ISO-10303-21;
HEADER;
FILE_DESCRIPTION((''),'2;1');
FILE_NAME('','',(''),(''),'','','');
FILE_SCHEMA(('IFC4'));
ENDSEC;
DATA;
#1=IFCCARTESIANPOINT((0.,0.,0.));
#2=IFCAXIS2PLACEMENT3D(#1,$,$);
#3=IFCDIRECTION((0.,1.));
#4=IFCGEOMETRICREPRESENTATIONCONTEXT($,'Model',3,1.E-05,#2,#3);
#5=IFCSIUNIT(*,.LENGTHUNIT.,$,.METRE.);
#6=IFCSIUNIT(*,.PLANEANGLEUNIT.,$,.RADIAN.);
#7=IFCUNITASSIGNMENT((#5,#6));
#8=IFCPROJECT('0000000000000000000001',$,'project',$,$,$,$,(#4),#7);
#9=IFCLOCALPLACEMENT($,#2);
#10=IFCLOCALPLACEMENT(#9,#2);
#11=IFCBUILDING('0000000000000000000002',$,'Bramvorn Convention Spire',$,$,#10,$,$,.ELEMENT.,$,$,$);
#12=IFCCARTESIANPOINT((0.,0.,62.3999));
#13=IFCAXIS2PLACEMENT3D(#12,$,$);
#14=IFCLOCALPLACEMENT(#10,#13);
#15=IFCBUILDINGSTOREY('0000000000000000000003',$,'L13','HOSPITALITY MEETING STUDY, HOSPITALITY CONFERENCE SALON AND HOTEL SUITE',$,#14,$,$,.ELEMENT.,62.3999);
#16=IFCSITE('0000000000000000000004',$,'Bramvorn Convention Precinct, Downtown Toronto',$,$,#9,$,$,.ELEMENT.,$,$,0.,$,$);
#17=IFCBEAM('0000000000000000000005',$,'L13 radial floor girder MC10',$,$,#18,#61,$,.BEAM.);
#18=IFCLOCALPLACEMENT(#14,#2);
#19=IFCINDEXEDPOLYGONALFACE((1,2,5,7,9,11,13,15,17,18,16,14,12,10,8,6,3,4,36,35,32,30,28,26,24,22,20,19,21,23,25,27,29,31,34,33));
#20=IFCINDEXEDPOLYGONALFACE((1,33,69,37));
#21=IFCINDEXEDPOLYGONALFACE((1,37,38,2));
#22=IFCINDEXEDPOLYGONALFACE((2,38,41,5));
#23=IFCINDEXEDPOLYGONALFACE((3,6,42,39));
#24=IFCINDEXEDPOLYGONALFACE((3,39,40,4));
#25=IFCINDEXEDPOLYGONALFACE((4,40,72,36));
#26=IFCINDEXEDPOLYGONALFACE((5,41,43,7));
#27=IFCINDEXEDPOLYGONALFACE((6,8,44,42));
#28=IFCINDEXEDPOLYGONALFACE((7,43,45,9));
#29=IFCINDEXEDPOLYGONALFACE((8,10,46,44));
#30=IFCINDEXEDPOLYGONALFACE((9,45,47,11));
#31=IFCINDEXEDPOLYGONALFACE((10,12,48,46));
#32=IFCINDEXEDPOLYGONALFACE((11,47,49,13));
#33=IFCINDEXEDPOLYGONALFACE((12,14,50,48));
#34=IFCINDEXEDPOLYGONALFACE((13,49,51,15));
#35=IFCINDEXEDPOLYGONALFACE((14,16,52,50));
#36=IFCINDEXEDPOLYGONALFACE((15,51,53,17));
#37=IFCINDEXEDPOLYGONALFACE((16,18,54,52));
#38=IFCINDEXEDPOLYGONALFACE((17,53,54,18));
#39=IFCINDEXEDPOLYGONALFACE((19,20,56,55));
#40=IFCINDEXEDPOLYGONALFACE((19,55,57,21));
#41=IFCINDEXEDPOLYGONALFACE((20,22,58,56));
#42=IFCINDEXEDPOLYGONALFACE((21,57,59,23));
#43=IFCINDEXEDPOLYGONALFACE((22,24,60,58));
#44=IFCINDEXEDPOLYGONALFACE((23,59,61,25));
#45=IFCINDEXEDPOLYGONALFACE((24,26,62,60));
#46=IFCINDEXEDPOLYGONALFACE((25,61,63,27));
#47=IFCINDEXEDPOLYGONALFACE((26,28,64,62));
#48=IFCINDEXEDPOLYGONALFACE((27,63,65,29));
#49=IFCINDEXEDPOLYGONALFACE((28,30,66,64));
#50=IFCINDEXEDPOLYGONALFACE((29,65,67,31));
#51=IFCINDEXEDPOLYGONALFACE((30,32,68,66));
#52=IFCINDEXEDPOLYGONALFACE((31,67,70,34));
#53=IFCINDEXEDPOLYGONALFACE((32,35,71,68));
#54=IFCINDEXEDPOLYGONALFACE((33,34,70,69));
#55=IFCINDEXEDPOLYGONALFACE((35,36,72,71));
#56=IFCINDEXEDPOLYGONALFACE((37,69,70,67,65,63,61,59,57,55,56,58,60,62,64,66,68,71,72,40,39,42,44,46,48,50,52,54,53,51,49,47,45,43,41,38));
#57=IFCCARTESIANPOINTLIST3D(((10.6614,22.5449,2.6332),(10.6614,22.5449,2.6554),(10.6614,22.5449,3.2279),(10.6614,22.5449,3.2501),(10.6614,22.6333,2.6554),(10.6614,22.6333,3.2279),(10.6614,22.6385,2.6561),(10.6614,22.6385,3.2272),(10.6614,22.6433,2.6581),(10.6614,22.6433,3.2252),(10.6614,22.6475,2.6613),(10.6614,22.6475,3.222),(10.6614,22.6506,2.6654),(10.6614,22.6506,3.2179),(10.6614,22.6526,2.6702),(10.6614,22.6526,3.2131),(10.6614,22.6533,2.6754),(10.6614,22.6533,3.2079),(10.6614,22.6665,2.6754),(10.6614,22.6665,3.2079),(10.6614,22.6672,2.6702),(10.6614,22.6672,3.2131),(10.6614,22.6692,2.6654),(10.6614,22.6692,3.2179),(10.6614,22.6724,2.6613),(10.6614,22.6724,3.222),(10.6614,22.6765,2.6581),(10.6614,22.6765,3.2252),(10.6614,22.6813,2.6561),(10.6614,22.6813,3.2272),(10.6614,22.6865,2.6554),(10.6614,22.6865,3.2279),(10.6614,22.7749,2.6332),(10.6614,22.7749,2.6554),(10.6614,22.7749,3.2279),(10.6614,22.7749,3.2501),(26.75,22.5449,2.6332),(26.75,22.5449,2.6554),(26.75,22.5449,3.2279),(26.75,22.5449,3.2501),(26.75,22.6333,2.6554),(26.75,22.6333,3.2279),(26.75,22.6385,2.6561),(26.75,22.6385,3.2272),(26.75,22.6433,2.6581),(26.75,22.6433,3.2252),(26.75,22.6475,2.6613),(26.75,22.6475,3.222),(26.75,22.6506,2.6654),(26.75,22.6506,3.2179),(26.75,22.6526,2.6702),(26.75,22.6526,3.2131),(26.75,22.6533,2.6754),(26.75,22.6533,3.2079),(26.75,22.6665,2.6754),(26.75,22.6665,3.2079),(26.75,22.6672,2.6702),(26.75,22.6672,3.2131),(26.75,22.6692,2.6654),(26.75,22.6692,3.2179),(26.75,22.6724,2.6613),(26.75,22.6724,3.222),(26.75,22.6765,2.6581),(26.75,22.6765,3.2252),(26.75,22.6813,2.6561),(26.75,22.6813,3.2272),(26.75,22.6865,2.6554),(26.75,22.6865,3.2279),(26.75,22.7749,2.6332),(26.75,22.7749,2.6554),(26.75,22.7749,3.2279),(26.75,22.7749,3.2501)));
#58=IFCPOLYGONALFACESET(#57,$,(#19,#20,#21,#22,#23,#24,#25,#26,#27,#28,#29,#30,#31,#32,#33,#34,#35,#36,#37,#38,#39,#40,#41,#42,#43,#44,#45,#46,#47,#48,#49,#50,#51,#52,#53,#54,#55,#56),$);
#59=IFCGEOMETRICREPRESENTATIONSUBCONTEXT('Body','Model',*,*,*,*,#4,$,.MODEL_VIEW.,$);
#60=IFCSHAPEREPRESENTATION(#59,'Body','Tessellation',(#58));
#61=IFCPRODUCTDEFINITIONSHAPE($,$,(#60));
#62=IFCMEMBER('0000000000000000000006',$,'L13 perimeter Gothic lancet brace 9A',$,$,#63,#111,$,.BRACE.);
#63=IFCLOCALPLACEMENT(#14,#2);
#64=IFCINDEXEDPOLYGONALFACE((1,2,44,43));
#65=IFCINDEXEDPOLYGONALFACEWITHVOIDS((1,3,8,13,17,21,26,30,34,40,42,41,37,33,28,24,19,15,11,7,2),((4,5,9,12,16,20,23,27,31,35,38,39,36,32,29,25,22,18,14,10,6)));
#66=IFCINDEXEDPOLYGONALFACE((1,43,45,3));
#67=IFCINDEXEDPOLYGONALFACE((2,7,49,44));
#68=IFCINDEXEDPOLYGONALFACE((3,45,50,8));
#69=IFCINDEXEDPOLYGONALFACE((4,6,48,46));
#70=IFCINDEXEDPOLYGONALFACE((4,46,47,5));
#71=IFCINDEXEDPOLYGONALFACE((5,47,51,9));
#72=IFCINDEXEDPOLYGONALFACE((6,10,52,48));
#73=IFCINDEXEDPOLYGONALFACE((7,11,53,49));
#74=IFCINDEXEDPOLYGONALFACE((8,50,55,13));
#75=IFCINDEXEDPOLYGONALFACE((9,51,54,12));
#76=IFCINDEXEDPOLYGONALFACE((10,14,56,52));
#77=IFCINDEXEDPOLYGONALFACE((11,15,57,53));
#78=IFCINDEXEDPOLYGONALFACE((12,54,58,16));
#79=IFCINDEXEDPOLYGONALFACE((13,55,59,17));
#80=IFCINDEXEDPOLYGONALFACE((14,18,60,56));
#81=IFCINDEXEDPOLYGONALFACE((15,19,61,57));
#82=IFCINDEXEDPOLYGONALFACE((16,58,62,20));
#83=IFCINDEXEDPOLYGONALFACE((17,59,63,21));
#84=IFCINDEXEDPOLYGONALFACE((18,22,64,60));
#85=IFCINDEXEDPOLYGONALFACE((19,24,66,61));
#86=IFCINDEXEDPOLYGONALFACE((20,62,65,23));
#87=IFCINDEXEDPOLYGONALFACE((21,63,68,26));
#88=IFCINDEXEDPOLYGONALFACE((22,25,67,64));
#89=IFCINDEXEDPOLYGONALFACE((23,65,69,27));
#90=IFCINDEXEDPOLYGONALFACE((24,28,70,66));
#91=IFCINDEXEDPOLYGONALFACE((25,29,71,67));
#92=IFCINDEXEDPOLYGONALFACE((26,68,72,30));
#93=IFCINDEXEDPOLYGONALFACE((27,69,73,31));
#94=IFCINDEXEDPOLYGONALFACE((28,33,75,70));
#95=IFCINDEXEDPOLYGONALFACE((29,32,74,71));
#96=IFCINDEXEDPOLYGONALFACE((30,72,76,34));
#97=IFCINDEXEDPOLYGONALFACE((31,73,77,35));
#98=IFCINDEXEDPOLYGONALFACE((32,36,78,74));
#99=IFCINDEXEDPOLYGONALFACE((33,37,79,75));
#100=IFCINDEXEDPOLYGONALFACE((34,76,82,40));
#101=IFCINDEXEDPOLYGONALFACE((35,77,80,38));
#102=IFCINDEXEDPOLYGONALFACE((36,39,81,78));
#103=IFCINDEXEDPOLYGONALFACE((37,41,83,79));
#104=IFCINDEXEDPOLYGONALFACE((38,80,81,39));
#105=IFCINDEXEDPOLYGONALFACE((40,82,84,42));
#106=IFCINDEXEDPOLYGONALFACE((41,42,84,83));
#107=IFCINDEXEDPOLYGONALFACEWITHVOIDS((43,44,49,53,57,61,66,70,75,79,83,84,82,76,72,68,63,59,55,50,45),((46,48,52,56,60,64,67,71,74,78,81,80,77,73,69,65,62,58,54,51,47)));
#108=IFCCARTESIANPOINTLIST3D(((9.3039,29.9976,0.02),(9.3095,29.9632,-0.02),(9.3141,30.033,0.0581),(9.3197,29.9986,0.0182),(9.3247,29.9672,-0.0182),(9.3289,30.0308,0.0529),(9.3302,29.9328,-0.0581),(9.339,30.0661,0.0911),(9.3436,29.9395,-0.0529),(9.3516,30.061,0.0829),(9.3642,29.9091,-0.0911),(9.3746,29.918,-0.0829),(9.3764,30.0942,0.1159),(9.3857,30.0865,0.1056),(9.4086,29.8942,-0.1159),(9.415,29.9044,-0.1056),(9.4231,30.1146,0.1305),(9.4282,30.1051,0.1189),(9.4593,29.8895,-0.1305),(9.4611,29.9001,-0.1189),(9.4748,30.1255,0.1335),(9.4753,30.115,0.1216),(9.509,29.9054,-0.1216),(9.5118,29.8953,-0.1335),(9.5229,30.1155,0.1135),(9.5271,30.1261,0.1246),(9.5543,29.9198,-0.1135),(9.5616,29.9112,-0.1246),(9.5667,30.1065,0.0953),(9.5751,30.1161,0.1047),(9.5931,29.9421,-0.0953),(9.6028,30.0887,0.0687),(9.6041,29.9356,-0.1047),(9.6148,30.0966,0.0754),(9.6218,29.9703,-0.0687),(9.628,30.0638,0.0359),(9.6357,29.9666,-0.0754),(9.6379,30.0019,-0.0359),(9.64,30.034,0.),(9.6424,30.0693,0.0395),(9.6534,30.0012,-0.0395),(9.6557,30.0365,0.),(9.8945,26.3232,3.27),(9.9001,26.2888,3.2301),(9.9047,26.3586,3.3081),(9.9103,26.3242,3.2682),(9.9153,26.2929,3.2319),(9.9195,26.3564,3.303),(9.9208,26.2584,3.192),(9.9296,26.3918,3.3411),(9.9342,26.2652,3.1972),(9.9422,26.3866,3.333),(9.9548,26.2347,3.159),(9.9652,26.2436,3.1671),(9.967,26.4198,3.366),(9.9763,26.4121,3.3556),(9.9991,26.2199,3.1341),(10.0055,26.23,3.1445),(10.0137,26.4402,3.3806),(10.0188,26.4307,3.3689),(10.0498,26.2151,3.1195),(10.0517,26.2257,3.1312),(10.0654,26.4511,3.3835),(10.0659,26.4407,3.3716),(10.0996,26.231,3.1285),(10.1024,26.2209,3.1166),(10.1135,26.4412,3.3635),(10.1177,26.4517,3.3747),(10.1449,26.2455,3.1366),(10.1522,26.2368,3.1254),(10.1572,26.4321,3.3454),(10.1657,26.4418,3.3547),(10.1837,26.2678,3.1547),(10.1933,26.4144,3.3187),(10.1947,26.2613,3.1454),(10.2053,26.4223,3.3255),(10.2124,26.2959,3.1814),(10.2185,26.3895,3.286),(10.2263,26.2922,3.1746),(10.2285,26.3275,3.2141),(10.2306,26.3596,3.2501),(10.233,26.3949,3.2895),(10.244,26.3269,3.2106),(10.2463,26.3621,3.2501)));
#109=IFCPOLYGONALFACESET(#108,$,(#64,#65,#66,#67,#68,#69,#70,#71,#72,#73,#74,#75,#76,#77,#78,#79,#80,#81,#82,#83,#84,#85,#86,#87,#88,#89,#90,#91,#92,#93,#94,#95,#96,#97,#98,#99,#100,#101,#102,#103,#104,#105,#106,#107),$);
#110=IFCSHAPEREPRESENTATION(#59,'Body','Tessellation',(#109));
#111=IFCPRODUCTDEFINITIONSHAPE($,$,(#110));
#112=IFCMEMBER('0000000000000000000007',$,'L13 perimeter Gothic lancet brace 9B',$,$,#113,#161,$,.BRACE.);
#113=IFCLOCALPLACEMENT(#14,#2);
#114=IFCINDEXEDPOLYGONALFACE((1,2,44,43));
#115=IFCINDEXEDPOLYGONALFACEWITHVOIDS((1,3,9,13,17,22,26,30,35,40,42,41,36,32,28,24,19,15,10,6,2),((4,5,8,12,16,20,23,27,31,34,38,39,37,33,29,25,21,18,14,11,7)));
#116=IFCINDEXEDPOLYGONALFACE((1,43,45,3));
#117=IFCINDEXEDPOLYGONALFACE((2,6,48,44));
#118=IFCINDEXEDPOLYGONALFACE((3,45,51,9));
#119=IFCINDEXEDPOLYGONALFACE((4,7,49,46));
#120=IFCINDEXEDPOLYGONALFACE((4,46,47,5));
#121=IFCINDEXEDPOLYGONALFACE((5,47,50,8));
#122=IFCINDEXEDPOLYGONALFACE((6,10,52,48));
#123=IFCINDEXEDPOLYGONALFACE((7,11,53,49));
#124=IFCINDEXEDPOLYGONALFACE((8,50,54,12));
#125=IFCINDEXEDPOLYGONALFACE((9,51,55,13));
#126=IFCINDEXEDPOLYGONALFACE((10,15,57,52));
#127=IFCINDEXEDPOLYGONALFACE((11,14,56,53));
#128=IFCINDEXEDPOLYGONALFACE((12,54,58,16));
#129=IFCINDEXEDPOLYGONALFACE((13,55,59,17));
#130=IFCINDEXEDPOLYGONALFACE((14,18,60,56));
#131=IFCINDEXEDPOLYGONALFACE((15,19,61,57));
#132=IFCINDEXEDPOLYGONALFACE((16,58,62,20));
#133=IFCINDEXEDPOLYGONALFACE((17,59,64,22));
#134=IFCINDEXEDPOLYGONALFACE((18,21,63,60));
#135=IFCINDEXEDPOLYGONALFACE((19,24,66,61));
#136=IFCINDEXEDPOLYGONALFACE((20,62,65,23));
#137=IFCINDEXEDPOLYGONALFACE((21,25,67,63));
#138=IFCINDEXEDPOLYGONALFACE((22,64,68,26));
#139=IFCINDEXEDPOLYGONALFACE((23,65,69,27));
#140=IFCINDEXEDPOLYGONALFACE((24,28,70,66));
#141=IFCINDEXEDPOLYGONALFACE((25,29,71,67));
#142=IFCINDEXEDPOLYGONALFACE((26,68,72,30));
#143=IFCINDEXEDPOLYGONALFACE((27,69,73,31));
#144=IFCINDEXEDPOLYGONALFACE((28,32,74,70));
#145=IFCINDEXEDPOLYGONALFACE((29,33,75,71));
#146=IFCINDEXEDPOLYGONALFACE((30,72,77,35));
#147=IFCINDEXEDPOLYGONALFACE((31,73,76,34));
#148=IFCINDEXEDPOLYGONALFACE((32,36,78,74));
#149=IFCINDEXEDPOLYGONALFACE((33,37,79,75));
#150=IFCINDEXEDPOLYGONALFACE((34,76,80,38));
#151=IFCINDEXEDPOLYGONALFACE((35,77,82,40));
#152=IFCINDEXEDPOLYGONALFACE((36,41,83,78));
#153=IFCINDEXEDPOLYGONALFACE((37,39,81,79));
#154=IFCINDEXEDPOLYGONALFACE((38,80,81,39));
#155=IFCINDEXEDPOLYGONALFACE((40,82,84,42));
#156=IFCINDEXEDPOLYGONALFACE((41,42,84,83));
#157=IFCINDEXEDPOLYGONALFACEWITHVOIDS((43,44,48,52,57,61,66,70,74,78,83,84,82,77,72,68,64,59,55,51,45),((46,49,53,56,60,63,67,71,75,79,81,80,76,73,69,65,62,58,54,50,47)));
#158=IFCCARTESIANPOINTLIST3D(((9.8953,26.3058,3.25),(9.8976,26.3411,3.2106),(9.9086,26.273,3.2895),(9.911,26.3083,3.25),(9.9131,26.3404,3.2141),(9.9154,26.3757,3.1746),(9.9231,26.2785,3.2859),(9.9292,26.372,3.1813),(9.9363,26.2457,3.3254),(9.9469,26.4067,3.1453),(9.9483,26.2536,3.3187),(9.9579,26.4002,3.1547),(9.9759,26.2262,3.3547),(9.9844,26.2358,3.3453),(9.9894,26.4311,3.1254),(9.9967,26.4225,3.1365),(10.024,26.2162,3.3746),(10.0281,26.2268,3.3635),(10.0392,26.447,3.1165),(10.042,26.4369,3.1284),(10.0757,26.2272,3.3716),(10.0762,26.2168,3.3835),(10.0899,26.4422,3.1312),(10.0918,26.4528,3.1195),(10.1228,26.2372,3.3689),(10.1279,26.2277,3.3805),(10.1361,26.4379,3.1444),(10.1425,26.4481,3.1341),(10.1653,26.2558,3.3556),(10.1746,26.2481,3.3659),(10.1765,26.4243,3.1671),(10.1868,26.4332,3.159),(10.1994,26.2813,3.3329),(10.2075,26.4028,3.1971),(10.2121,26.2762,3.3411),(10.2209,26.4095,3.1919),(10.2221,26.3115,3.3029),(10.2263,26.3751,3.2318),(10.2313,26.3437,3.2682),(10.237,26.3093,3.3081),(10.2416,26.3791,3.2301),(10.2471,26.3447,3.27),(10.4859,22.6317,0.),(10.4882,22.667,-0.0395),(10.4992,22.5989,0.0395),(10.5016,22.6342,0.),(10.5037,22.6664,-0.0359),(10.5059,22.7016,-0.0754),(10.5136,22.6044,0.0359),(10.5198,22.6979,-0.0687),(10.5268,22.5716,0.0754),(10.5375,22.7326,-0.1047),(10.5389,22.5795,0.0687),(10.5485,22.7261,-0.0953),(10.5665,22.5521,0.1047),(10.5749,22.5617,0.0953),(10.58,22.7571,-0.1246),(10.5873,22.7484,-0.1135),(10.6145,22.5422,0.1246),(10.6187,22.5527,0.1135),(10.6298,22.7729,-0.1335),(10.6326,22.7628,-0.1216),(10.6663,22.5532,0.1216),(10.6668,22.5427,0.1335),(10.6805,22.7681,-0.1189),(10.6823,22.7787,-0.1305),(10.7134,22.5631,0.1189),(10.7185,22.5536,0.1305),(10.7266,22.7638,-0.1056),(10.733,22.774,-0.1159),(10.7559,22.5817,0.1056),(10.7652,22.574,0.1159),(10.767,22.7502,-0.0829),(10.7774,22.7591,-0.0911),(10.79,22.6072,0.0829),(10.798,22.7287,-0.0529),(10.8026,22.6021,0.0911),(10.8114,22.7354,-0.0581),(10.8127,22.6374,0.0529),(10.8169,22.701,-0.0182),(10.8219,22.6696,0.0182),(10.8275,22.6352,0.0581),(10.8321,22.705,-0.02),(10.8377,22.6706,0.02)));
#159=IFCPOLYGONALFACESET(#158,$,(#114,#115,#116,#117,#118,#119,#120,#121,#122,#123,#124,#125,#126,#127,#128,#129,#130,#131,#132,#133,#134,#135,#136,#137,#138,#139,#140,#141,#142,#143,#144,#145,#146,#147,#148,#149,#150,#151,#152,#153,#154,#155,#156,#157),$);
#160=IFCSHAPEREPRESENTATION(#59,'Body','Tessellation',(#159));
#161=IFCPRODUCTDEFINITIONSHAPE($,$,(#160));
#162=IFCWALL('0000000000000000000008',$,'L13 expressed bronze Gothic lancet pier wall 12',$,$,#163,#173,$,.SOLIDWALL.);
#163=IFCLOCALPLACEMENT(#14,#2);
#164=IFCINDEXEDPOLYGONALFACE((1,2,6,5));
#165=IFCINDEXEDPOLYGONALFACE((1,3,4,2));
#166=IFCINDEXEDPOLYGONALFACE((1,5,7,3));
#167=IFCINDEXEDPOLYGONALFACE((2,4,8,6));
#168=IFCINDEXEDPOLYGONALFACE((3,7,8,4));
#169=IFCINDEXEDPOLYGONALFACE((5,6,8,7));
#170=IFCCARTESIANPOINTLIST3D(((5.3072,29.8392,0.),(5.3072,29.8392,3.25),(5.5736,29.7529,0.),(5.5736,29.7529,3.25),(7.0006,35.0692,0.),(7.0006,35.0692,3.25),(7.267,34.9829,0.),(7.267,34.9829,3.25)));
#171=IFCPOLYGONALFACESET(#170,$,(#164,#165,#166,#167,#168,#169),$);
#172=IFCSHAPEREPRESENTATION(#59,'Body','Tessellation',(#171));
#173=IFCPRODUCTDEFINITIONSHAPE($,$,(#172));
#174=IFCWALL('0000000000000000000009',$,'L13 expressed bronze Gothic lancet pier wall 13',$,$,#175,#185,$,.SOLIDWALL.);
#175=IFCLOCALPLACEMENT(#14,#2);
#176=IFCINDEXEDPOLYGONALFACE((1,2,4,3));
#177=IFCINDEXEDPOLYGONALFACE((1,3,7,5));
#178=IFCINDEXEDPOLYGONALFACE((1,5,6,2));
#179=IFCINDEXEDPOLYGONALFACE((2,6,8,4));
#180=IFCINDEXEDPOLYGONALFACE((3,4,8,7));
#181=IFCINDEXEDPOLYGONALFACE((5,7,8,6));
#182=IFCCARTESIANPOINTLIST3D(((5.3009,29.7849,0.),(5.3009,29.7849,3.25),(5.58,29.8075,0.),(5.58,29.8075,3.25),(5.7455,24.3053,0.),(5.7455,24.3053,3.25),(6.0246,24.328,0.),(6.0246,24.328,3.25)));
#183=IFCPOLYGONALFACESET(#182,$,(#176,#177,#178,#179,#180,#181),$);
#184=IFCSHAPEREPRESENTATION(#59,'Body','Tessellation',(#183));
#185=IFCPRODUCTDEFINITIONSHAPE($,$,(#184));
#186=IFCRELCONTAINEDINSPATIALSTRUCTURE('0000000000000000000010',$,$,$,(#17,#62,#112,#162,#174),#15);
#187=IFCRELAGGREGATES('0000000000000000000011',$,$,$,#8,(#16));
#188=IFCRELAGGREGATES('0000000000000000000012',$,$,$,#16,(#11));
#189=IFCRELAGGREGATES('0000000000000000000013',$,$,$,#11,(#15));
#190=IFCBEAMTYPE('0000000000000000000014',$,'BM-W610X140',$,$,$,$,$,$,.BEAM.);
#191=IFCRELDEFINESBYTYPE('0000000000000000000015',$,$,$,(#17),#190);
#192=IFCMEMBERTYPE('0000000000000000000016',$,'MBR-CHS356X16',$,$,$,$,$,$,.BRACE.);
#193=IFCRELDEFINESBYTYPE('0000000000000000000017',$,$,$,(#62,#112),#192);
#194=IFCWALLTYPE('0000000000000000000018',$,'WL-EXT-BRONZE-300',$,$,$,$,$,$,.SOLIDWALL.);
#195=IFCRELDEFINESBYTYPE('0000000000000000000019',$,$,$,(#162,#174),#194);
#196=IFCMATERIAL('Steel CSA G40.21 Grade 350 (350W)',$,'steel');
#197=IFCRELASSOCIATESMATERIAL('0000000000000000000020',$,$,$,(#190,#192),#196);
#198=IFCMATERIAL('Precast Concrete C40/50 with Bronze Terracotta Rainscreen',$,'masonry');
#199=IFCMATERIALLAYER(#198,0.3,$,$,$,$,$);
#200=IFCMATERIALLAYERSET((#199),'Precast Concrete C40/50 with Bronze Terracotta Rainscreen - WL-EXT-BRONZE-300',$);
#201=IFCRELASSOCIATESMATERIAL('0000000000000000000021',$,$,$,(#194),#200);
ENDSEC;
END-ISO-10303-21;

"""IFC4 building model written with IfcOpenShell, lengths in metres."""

from ifc_helpers import new_model, si_unit, direction, frame, frame_2d, origin, origin_2d, place, context, subcontext, project, spatial, rectangle, hollow_circle, i_section, extrude, material, layer, layer_set, material_profile, profile_set, type_object, element, save


model = new_model("IFC4")

# Units and contexts
model_context = context("Model", 3, precision=1e-05, world=origin(), true_north=direction((0.0, 1.0)))
body_context = subcontext(model_context, "Body", "Model", "MODEL_VIEW")
ifc_project = project(units=[si_unit("LENGTHUNIT", "METRE"), si_unit("PLANEANGLEUNIT", "RADIAN")], contexts=[model_context])

# Site, building, storey
site_placement = place(None, origin())
site = spatial("IfcSite", under=ifc_project, at=site_placement, Name="Bramvorn Convention Precinct, Downtown Toronto", CompositionType="ELEMENT", RefElevation=0.0)
building_placement = place(site_placement, origin())
building = spatial("IfcBuilding", under=site, at=building_placement, Name="Bramvorn Convention Spire", CompositionType="ELEMENT")
storey_placement = place(building_placement, frame((0.0, 0.0, 62.3999)))
storey = spatial("IfcBuildingStorey", under=building, at=storey_placement, Name="L13", Description="HOSPITALITY MEETING STUDY, HOSPITALITY CONFERENCE SALON AND HOTEL SUITE", CompositionType="ELEMENT", Elevation=62.3999)

# Shared definitions
ifc_material_1 = material(Name="Steel CSA G40.21 Grade 350 (350W)", Category="steel")

# Beam
ifc_material_profile_1 = material_profile(ifc_material_1, i_section(OverallWidth=0.23, OverallDepth=0.6169, WebThickness=0.0132, FlangeThickness=0.0222, FilletRadius=0.02, at=origin_2d()))
ifc_profile_set_1 = profile_set([ifc_material_profile_1], Name="Steel CSA G40.21 Grade 350 (350W) - W610X140")
beam_type_1 = type_object("IfcBeamType", Name="BM-W610X140", PredefinedType="BEAM", material=ifc_profile_set_1)
beam_1_placement = place(storey_placement, frame((26.75, 22.6599, 2.9417), z_axis=(-1.0, 0.0, 0.0), x_axis=(0.0, -1.0, 0.0)))
element("IfcBeam", 1, at=beam_1_placement, inside=storey, type_object=beam_type_1, Name="L13 radial floor girder MC10", PredefinedType="BEAM", context=body_context, shape_type="SweptSolid", body=[
    extrude(i_section(OverallWidth=0.23, OverallDepth=0.6169, WebThickness=0.0132, FlangeThickness=0.0222, FilletRadius=0.02, at=origin_2d()), origin(), (0.0, 0.0, 1.0), 16.0886),
])

# Members
ifc_material_profile_2 = material_profile(ifc_material_1, hollow_circle(Radius=0.1777, WallThickness=0.0159, at=origin_2d()))
ifc_profile_set_2 = profile_set([ifc_material_profile_2], Name="Steel CSA G40.21 Grade 350 (350W) - CHS356X16")
member_type = type_object("IfcMemberType", Name="MBR-CHS356X16", PredefinedType="BRACE", material=ifc_profile_set_2)
member_1_placement = place(storey_placement, frame((9.4802, 30.0083, 0.0), z_axis=(0.11953, -0.743663, 0.657783), x_axis=(0.987328, 0.158694, 0.0)))
element("IfcMember", 2, at=member_1_placement, inside=storey, type_object=member_type, Name="L13 perimeter Gothic lancet brace 9A", PredefinedType="BRACE", context=body_context, shape_type="SweptSolid", body=[
    extrude(hollow_circle(Radius=0.1777, WallThickness=0.0159, at=origin_2d()), origin(), (0.0, 0.0, 1.0), 4.9409),
])
member_2_placement = place(storey_placement, frame((10.6614, 22.6599, 0.0), z_axis=(-0.119534, 0.74364, 0.657807), x_axis=(-0.987326, -0.158704, 0.0)))
element("IfcMember", 3, at=member_2_placement, inside=storey, type_object=member_type, Name="L13 perimeter Gothic lancet brace 9B", PredefinedType="BRACE", context=body_context, shape_type="SweptSolid", body=[
    extrude(hollow_circle(Radius=0.1777, WallThickness=0.0159, at=origin_2d()), origin(), (0.0, 0.0, 1.0), 4.9407),
])

# Walls
ifc_material_2 = material(Name="Precast Concrete C40/50 with Bronze Terracotta Rainscreen", Category="masonry")
ifc_layer_1 = layer(ifc_material_2, 0.3)
ifc_layer_set_1 = layer_set([ifc_layer_1], Name="Precast Concrete C40/50 with Bronze Terracotta Rainscreen - WL-EXT-BRONZE-300")
wall_type_1 = type_object("IfcWallType", Name="WL-EXT-BRONZE-300", PredefinedType="SOLIDWALL", material=ifc_layer_set_1)
wall_1_placement = place(storey_placement, frame((5.4404, 29.7961, 0.0), z_axis=(0.0, 0.0, 1.0), x_axis=(0.308035, 0.951375, 0.0)))
element("IfcWall", 4, at=wall_1_placement, inside=storey, type_object=wall_type_1, Name="L13 expressed bronze Gothic lancet pier wall 12", PredefinedType="SOLIDWALL", context=body_context, shape_type="SweptSolid", body=[
    extrude(rectangle(XDim=5.4973, YDim=0.28, at=frame_2d((2.7485, 0.0))), origin(), (0.0, 0.0, 1.0), 3.25),
])
wall_2_placement = place(storey_placement, frame((5.885, 24.3167, 0.0), z_axis=(0.0, 0.0, 1.0), x_axis=(-0.08087, 0.996725, 0.0)))
element("IfcWall", 5, at=wall_2_placement, inside=storey, type_object=wall_type_1, Name="L13 expressed bronze Gothic lancet pier wall 13", PredefinedType="SOLIDWALL", context=body_context, shape_type="SweptSolid", body=[
    extrude(rectangle(XDim=5.4976, YDim=0.28, at=frame_2d((2.7488, 0.0))), origin(), (0.0, 0.0, 1.0), 3.25),
])

save(model, "model.ifc")
